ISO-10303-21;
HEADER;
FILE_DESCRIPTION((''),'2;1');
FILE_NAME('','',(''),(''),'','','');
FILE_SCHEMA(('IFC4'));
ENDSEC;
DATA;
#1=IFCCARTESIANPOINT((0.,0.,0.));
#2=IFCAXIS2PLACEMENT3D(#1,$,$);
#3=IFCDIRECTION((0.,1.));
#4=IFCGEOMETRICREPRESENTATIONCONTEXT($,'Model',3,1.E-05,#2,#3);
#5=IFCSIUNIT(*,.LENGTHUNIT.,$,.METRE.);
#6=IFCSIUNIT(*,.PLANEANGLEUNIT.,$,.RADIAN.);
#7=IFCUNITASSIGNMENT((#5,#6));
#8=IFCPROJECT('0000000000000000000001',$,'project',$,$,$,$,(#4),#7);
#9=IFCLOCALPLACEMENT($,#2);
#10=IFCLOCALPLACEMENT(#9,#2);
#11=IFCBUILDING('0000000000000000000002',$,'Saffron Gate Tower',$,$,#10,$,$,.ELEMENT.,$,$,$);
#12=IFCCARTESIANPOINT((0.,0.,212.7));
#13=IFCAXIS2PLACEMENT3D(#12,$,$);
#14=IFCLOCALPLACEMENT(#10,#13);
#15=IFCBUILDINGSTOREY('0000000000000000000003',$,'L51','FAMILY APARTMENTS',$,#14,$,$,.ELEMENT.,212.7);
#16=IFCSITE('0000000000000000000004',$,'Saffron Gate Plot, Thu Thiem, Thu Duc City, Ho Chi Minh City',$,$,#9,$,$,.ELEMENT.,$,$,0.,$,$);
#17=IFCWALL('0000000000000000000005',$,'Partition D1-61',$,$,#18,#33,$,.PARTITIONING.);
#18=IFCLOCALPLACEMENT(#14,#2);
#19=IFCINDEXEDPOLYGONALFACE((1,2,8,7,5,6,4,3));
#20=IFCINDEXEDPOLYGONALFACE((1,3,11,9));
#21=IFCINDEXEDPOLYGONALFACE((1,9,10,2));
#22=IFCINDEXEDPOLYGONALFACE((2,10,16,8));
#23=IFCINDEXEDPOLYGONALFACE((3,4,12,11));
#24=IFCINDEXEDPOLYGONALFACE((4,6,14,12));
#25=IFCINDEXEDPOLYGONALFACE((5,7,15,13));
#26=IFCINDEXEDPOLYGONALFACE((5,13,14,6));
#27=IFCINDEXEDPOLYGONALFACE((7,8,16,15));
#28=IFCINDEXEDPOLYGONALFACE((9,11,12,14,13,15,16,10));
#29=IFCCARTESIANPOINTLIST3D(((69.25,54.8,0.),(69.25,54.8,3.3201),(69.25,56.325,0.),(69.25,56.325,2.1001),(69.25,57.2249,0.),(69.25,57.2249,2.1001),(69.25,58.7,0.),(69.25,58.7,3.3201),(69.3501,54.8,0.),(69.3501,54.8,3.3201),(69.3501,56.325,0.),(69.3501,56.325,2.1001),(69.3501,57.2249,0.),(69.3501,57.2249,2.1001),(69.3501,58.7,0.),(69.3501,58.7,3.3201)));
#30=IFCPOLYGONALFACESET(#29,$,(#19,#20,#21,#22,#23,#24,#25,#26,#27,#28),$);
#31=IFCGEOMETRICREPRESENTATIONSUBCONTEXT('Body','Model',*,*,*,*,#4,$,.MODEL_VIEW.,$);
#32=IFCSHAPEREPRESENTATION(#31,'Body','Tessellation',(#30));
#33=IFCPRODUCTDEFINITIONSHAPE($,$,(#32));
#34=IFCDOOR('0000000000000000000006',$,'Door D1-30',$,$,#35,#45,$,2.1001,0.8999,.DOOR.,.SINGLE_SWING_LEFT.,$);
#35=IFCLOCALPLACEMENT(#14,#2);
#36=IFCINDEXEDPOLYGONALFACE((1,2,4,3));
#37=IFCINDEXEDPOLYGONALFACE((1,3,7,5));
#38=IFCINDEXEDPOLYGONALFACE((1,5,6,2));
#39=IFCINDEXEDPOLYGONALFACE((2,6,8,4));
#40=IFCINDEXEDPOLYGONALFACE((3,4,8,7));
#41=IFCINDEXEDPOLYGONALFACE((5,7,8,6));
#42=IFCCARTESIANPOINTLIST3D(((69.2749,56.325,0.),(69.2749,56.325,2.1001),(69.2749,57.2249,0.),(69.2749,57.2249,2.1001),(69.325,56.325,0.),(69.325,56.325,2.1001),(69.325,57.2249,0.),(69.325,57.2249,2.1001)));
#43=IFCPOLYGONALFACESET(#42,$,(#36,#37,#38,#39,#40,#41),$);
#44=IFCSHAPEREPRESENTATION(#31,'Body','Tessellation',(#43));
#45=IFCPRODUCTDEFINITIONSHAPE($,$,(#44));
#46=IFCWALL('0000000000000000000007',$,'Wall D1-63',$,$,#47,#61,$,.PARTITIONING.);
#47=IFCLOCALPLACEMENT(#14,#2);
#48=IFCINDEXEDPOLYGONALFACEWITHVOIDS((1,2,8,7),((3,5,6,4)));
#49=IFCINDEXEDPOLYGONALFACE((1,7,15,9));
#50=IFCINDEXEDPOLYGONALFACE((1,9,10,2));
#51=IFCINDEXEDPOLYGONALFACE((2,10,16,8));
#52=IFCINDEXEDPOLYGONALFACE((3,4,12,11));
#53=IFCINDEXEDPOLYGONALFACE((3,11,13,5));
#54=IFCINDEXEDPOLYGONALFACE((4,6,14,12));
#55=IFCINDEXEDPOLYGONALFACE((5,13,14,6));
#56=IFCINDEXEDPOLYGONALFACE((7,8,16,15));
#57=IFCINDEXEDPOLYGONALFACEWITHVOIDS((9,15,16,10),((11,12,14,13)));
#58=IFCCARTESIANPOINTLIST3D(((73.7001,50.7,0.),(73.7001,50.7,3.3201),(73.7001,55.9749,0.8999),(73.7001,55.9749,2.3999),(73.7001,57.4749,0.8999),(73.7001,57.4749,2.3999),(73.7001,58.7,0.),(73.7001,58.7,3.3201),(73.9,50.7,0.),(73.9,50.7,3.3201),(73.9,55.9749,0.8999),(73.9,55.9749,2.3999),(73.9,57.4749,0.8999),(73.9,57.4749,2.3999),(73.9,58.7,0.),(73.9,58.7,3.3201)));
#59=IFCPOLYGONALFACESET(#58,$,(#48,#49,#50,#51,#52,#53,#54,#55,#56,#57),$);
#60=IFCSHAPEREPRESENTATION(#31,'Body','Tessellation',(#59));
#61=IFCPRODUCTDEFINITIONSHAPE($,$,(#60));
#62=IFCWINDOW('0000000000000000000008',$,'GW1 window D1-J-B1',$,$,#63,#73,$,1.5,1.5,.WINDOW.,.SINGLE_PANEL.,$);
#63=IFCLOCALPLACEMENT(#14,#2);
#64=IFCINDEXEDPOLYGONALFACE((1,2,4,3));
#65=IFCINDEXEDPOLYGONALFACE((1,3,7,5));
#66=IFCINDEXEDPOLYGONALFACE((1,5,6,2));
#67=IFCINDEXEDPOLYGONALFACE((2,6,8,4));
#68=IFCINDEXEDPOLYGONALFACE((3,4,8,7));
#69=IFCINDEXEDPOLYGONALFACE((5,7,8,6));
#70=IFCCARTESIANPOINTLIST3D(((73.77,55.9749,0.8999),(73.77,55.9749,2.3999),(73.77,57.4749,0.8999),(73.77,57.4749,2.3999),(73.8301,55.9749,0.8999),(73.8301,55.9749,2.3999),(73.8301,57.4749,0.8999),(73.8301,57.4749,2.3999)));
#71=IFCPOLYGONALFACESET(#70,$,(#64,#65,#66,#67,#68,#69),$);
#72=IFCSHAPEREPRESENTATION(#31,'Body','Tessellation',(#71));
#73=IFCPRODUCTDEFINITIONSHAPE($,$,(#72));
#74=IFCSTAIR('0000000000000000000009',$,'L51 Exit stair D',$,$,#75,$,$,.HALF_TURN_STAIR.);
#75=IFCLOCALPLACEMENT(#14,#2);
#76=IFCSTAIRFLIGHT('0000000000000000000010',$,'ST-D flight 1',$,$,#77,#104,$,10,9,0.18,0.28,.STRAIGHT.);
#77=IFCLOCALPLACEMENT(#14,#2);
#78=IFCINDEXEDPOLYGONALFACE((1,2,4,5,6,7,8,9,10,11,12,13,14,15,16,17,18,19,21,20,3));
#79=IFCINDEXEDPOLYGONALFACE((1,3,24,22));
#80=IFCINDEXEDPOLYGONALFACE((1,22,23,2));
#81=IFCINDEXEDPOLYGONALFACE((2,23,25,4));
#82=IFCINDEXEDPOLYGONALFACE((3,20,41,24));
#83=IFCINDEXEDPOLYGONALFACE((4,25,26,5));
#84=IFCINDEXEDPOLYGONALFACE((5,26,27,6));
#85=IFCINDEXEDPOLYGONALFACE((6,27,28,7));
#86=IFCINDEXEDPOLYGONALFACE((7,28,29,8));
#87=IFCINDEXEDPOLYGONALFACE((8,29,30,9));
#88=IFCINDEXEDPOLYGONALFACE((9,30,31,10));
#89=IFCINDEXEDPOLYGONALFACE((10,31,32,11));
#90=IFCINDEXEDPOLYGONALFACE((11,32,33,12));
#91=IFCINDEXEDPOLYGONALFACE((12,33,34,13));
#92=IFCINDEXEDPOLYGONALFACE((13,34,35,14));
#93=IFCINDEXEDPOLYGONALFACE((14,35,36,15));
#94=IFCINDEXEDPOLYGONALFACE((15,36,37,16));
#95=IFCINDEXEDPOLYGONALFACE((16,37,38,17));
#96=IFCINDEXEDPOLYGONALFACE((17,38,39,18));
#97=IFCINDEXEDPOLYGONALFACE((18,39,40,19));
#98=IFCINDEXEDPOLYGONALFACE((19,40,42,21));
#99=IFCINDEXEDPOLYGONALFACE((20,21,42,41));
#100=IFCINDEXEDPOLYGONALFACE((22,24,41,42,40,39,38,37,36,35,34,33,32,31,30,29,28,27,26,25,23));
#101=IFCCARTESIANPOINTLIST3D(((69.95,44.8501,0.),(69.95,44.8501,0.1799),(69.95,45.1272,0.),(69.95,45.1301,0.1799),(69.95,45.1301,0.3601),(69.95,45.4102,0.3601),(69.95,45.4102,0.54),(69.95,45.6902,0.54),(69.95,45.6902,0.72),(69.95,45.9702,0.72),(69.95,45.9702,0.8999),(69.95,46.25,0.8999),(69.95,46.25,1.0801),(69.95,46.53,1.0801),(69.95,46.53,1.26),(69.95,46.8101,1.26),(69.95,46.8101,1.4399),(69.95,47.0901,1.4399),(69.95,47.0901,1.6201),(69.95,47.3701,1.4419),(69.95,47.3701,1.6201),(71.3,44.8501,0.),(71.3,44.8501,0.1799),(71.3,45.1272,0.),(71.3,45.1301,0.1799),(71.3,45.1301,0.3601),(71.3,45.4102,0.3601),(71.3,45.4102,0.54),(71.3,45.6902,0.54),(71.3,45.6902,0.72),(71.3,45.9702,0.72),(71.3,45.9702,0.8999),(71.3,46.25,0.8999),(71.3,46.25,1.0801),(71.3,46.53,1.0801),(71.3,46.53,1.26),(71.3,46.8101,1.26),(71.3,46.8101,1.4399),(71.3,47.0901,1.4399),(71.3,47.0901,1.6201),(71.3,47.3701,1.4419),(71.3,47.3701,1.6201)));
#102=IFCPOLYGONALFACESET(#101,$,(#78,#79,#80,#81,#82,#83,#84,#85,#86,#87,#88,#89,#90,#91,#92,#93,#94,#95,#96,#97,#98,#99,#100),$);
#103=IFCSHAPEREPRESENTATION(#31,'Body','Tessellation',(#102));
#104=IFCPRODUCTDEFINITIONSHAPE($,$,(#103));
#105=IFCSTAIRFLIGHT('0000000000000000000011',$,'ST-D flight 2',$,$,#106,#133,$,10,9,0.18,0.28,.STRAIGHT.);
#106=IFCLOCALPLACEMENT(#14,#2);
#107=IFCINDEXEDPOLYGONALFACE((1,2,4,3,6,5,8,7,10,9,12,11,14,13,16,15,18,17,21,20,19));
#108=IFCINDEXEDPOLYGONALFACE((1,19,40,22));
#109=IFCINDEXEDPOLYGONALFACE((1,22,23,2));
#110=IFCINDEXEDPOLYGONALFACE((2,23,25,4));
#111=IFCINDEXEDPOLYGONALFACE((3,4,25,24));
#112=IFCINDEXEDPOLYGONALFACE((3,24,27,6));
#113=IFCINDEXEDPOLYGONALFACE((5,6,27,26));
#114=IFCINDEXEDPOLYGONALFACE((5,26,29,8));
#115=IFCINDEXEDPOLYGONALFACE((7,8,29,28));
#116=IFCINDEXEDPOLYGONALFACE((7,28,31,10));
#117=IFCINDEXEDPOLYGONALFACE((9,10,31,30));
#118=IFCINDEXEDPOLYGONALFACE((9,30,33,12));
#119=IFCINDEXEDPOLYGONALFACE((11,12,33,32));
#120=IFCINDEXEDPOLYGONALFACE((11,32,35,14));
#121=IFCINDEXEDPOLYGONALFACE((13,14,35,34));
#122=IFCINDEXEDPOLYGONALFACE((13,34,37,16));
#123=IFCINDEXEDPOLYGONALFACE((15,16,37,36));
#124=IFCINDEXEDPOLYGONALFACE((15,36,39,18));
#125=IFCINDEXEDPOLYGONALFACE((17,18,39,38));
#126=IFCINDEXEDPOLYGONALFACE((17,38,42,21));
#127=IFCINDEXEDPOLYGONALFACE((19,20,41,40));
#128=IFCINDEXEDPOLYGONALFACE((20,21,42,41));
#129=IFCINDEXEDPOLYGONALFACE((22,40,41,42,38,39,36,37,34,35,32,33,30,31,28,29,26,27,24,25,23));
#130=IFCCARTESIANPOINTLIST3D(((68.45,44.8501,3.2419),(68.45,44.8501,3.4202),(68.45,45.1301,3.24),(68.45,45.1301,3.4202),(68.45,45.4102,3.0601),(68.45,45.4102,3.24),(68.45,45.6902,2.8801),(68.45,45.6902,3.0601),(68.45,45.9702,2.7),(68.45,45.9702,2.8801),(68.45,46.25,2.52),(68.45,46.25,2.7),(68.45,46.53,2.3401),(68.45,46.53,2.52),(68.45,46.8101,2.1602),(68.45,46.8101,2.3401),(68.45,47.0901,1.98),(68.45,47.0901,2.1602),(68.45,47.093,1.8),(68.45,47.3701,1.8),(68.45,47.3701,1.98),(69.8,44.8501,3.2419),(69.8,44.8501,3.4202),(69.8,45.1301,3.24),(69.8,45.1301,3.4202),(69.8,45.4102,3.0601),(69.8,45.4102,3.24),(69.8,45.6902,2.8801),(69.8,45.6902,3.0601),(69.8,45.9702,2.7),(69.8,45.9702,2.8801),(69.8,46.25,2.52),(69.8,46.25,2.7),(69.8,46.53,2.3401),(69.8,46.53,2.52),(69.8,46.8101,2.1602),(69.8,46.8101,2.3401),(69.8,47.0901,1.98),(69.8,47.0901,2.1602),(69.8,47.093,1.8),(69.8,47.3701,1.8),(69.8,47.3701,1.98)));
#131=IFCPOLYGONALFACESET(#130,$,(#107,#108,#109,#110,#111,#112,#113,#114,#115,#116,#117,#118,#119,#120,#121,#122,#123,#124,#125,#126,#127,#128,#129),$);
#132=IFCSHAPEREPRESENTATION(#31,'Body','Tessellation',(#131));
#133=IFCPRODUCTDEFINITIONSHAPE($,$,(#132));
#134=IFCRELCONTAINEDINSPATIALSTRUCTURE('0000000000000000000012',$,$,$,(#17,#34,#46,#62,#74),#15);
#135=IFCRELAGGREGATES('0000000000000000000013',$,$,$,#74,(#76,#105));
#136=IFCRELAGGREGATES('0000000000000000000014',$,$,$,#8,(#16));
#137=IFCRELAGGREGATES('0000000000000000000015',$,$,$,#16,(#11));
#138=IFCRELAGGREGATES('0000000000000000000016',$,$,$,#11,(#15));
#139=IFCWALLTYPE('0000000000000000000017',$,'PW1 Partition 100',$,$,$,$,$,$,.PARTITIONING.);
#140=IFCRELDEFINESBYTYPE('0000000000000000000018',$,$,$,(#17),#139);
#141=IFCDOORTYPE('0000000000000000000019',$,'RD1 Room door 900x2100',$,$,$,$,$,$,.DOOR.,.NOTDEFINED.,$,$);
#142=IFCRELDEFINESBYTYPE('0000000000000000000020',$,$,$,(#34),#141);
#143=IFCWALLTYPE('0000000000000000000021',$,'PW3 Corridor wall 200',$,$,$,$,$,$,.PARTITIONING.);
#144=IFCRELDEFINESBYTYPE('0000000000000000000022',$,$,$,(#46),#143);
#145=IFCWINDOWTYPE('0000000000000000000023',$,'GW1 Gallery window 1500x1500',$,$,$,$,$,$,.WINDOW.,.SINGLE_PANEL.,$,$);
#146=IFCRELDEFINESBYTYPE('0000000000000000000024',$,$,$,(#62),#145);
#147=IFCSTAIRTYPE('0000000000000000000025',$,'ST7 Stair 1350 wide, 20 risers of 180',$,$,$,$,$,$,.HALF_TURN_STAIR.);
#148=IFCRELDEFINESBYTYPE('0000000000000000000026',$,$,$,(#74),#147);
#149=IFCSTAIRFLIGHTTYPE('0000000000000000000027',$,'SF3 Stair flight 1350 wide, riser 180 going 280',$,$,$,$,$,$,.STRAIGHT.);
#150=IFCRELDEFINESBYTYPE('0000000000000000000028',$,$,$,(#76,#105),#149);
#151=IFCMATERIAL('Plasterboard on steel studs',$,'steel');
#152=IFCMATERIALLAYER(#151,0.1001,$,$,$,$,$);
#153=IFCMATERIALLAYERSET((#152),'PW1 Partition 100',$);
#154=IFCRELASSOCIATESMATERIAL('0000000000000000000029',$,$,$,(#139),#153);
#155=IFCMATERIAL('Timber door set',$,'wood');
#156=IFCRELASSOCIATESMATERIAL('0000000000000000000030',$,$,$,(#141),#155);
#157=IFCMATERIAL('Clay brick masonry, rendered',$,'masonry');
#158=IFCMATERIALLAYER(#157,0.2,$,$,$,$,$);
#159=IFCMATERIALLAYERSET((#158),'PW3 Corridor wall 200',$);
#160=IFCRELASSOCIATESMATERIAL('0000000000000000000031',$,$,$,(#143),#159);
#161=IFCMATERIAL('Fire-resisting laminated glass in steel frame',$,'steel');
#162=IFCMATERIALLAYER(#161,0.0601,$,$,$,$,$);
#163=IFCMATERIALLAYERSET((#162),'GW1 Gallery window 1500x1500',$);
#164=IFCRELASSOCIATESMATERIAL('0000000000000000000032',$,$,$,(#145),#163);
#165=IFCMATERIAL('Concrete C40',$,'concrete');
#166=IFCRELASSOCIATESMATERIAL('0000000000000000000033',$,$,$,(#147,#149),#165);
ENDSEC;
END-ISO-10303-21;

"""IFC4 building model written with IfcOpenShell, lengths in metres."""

from ifc_helpers import new_model, si_unit, direction, frame, frame_2d, origin, place, context, subcontext, project, spatial, polyline, rectangle, outline, extrude, material, layer, layer_set, type_object, element, fill, aggregate, save


model = new_model("IFC4")

# Units and contexts
model_context = context("Model", 3, precision=1e-05, world=origin(), true_north=direction((0.0, 1.0)))
body_context = subcontext(model_context, "Body", "Model", "MODEL_VIEW")
ifc_project = project(units=[si_unit("LENGTHUNIT", "METRE"), si_unit("PLANEANGLEUNIT", "RADIAN")], contexts=[model_context])

# Site, building, storey
site_placement = place(None, origin())
site = spatial("IfcSite", under=ifc_project, at=site_placement, Name="Saffron Gate Plot, Thu Thiem, Thu Duc City, Ho Chi Minh City", CompositionType="ELEMENT", RefElevation=0.0)
building_placement = place(site_placement, origin())
building = spatial("IfcBuilding", under=site, at=building_placement, Name="Saffron Gate Tower", CompositionType="ELEMENT")
storey_placement = place(building_placement, frame((0.0, 0.0, 212.7)))
storey = spatial("IfcBuildingStorey", under=building, at=storey_placement, Name="L51", Description="FAMILY APARTMENTS", CompositionType="ELEMENT", Elevation=212.7)

# Shared definitions
ifc_material_1 = material(Name="Plasterboard on steel studs", Category="steel")
ifc_layer_1 = layer(ifc_material_1, 0.1001)
ifc_layer_set_1 = layer_set([ifc_layer_1], Name="PW1 Partition 100")
wall_type_1 = type_object("IfcWallType", Name="PW1 Partition 100", PredefinedType="PARTITIONING", material=ifc_layer_set_1)

# Wall, opening, door
wall_1_placement = place(storey_placement, frame((69.3, 58.7, 0.0), z_axis=(0.0, 0.0, 1.0), x_axis=(0.0, -1.0, 0.0)))
wall_1 = element("IfcWall", 1, at=wall_1_placement, inside=storey, type_object=wall_type_1, Name="Partition D1-61", PredefinedType="PARTITIONING", context=body_context, shape_type="SweptSolid", body=[
    extrude(rectangle(XDim=3.8999, YDim=0.1001, at=frame_2d((1.95, 0.0))), origin(), (0.0, 0.0, 1.0), 3.3201),
])
opening_1_placement = place(wall_1_placement, frame((1.4751, 0.0, 0.0)))
opening_1 = element("IfcOpeningElement", 2, at=opening_1_placement, cuts=wall_1, PredefinedType="OPENING", context=body_context, shape_type="SweptSolid", body=[
    extrude(rectangle(XDim=0.8999, YDim=2.1001, at=frame_2d((0.45, 1.05))), frame((0.0, 0.0601, 0.0), z_axis=(0.0, -1.0, 0.0), x_axis=(1.0, 0.0, 0.0)), (0.0, 0.0, 1.0), 0.1201),
])
ifc_material_2 = material(Name="Timber door set", Category="wood")
door_type = type_object("IfcDoorType", Name="RD1 Room door 900x2100", OperationType="NOTDEFINED", PredefinedType="DOOR", material=ifc_material_2)
door_placement = place(opening_1_placement, origin())
door = element("IfcDoor", 3, at=door_placement, inside=storey, type_object=door_type, Name="Door D1-30", OperationType="SINGLE_SWING_LEFT", OverallHeight=2.1001, OverallWidth=0.8999, PredefinedType="DOOR", context=body_context, shape_type="SweptSolid", body=[
    extrude(rectangle(XDim=0.8999, YDim=2.1001, at=frame_2d((0.45, 1.05))), frame((0.0, 0.0249, 0.0), z_axis=(0.0, -1.0, 0.0), x_axis=(1.0, 0.0, 0.0)), (0.0, 0.0, 1.0), 0.05),
])
fill(opening_1, door)

# Wall, opening, window
ifc_material_3 = material(Name="Clay brick masonry, rendered", Category="masonry")
ifc_layer_2 = layer(ifc_material_3, 0.2)
ifc_layer_set_2 = layer_set([ifc_layer_2], Name="PW3 Corridor wall 200")
wall_type_2 = type_object("IfcWallType", Name="PW3 Corridor wall 200", PredefinedType="PARTITIONING", material=ifc_layer_set_2)
wall_2_placement = place(storey_placement, frame((73.8, 58.7, 0.0), z_axis=(0.0, 0.0, 1.0), x_axis=(0.0, -1.0, 0.0)))
wall_2 = element("IfcWall", 4, at=wall_2_placement, inside=storey, type_object=wall_type_2, Name="Wall D1-63", PredefinedType="PARTITIONING", context=body_context, shape_type="SweptSolid", body=[
    extrude(rectangle(XDim=8.0, YDim=0.2, at=frame_2d((4.0, 0.0))), origin(), (0.0, 0.0, 1.0), 3.3201),
])
opening_2_placement = place(wall_2_placement, frame((1.2251, 0.0, 0.8999)))
opening_2 = element("IfcOpeningElement", 5, at=opening_2_placement, cuts=wall_2, PredefinedType="OPENING", context=body_context, shape_type="SweptSolid", body=[
    extrude(rectangle(XDim=1.5, YDim=1.5, at=frame_2d((0.75, 0.75))), frame((0.0, 0.1099, 0.0), z_axis=(0.0, -1.0, 0.0), x_axis=(1.0, 0.0, 0.0)), (0.0, 0.0, 1.0), 0.22),
])
ifc_material_4 = material(Name="Fire-resisting laminated glass in steel frame", Category="steel")
ifc_layer_3 = layer(ifc_material_4, 0.0601)
ifc_layer_set_3 = layer_set([ifc_layer_3], Name="GW1 Gallery window 1500x1500")
window_type = type_object("IfcWindowType", Name="GW1 Gallery window 1500x1500", PartitioningType="SINGLE_PANEL", PredefinedType="WINDOW", material=ifc_layer_set_3)
window_placement = place(opening_2_placement, origin())
window = element("IfcWindow", 6, at=window_placement, inside=storey, type_object=window_type, Name="GW1 window D1-J-B1", OverallHeight=1.5, OverallWidth=1.5, PartitioningType="SINGLE_PANEL", PredefinedType="WINDOW", context=body_context, shape_type="SweptSolid", body=[
    extrude(rectangle(XDim=1.5, YDim=1.5, at=frame_2d((0.75, 0.75))), frame((0.0, 0.03, 0.0), z_axis=(0.0, -1.0, 0.0), x_axis=(1.0, 0.0, 0.0)), (0.0, 0.0, 1.0), 0.0601),
])
fill(opening_2, window)

# Stair, stair flights
ifc_material_5 = material(Name="Concrete C40", Category="concrete")
stair_type = type_object("IfcStairType", Name="ST7 Stair 1350 wide, 20 risers of 180", PredefinedType="HALF_TURN_STAIR", material=ifc_material_5)
stair_placement = place(storey_placement, origin())
stair = element("IfcStair", 7, at=stair_placement, inside=storey, type_object=stair_type, Name="L51 Exit stair D", PredefinedType="HALF_TURN_STAIR")
stair_flight_type = type_object("IfcStairFlightType", Name="SF3 Stair flight 1350 wide, riser 180 going 280", PredefinedType="STRAIGHT", material=ifc_material_5)
stair_flight_1_placement = place(storey_placement, frame((70.625, 44.8501, 0.0), z_axis=(0.0, 0.0, 1.0), x_axis=(0.0, 1.0, 0.0)))
stair_flight_1 = element("IfcStairFlight", 8, at=stair_flight_1_placement, type_object=stair_flight_type, Name="ST-D flight 1", NumberOfRisers=10, NumberOfTreads=9, PredefinedType="STRAIGHT", RiserHeight=0.18, TreadLength=0.28, context=body_context, shape_type="SweptSolid", body=[
    extrude(outline(polyline([(0.0, 0.0), (0.0, 0.1799), (0.28, 0.1799), (0.28, 0.3601), (0.5601, 0.3601), (0.5601, 0.54), (0.8401, 0.54), (0.8401, 0.72), (1.1201, 0.72), (1.1201, 0.8999), (1.3999, 0.8999), (1.3999, 1.0801), (1.6799, 1.0801), (1.6799, 1.26), (1.96, 1.26), (1.96, 1.4399), (2.24, 1.4399), (2.24, 1.6201), (2.52, 1.6201), (2.52, 1.8), (2.52, 1.4419), (0.2771, 0.0), (0.0, 0.0)])), frame((0.0, 0.675, 0.0), z_axis=(0.0, -1.0, 0.0), x_axis=(1.0, 0.0, 0.0)), (0.0, 0.0, 1.0), 1.3501),
])
stair_flight_2_placement = place(storey_placement, frame((69.125, 47.3701, 1.8), z_axis=(0.0, 0.0, 1.0), x_axis=(0.0, -1.0, 0.0)))
stair_flight_2 = element("IfcStairFlight", 9, at=stair_flight_2_placement, type_object=stair_flight_type, Name="ST-D flight 2", NumberOfRisers=10, NumberOfTreads=9, PredefinedType="STRAIGHT", RiserHeight=0.18, TreadLength=0.28, context=body_context, shape_type="SweptSolid", body=[
    extrude(outline(polyline([(0.0, 0.0), (0.0, 0.1799), (0.28, 0.1799), (0.28, 0.3601), (0.5601, 0.3601), (0.5601, 0.54), (0.8401, 0.54), (0.8401, 0.72), (1.1201, 0.72), (1.1201, 0.8999), (1.3999, 0.8999), (1.3999, 1.0801), (1.6799, 1.0801), (1.6799, 1.26), (1.96, 1.26), (1.96, 1.4399), (2.24, 1.4399), (2.24, 1.6201), (2.52, 1.6201), (2.52, 1.8), (2.52, 1.4419), (0.2771, 0.0), (0.0, 0.0)])), frame((0.0, 0.675, 0.0), z_axis=(0.0, -1.0, 0.0), x_axis=(1.0, 0.0, 0.0)), (0.0, 0.0, 1.0), 1.3501),
])
aggregate(stair, [stair_flight_1, stair_flight_2])

save(model, "model.ifc")
